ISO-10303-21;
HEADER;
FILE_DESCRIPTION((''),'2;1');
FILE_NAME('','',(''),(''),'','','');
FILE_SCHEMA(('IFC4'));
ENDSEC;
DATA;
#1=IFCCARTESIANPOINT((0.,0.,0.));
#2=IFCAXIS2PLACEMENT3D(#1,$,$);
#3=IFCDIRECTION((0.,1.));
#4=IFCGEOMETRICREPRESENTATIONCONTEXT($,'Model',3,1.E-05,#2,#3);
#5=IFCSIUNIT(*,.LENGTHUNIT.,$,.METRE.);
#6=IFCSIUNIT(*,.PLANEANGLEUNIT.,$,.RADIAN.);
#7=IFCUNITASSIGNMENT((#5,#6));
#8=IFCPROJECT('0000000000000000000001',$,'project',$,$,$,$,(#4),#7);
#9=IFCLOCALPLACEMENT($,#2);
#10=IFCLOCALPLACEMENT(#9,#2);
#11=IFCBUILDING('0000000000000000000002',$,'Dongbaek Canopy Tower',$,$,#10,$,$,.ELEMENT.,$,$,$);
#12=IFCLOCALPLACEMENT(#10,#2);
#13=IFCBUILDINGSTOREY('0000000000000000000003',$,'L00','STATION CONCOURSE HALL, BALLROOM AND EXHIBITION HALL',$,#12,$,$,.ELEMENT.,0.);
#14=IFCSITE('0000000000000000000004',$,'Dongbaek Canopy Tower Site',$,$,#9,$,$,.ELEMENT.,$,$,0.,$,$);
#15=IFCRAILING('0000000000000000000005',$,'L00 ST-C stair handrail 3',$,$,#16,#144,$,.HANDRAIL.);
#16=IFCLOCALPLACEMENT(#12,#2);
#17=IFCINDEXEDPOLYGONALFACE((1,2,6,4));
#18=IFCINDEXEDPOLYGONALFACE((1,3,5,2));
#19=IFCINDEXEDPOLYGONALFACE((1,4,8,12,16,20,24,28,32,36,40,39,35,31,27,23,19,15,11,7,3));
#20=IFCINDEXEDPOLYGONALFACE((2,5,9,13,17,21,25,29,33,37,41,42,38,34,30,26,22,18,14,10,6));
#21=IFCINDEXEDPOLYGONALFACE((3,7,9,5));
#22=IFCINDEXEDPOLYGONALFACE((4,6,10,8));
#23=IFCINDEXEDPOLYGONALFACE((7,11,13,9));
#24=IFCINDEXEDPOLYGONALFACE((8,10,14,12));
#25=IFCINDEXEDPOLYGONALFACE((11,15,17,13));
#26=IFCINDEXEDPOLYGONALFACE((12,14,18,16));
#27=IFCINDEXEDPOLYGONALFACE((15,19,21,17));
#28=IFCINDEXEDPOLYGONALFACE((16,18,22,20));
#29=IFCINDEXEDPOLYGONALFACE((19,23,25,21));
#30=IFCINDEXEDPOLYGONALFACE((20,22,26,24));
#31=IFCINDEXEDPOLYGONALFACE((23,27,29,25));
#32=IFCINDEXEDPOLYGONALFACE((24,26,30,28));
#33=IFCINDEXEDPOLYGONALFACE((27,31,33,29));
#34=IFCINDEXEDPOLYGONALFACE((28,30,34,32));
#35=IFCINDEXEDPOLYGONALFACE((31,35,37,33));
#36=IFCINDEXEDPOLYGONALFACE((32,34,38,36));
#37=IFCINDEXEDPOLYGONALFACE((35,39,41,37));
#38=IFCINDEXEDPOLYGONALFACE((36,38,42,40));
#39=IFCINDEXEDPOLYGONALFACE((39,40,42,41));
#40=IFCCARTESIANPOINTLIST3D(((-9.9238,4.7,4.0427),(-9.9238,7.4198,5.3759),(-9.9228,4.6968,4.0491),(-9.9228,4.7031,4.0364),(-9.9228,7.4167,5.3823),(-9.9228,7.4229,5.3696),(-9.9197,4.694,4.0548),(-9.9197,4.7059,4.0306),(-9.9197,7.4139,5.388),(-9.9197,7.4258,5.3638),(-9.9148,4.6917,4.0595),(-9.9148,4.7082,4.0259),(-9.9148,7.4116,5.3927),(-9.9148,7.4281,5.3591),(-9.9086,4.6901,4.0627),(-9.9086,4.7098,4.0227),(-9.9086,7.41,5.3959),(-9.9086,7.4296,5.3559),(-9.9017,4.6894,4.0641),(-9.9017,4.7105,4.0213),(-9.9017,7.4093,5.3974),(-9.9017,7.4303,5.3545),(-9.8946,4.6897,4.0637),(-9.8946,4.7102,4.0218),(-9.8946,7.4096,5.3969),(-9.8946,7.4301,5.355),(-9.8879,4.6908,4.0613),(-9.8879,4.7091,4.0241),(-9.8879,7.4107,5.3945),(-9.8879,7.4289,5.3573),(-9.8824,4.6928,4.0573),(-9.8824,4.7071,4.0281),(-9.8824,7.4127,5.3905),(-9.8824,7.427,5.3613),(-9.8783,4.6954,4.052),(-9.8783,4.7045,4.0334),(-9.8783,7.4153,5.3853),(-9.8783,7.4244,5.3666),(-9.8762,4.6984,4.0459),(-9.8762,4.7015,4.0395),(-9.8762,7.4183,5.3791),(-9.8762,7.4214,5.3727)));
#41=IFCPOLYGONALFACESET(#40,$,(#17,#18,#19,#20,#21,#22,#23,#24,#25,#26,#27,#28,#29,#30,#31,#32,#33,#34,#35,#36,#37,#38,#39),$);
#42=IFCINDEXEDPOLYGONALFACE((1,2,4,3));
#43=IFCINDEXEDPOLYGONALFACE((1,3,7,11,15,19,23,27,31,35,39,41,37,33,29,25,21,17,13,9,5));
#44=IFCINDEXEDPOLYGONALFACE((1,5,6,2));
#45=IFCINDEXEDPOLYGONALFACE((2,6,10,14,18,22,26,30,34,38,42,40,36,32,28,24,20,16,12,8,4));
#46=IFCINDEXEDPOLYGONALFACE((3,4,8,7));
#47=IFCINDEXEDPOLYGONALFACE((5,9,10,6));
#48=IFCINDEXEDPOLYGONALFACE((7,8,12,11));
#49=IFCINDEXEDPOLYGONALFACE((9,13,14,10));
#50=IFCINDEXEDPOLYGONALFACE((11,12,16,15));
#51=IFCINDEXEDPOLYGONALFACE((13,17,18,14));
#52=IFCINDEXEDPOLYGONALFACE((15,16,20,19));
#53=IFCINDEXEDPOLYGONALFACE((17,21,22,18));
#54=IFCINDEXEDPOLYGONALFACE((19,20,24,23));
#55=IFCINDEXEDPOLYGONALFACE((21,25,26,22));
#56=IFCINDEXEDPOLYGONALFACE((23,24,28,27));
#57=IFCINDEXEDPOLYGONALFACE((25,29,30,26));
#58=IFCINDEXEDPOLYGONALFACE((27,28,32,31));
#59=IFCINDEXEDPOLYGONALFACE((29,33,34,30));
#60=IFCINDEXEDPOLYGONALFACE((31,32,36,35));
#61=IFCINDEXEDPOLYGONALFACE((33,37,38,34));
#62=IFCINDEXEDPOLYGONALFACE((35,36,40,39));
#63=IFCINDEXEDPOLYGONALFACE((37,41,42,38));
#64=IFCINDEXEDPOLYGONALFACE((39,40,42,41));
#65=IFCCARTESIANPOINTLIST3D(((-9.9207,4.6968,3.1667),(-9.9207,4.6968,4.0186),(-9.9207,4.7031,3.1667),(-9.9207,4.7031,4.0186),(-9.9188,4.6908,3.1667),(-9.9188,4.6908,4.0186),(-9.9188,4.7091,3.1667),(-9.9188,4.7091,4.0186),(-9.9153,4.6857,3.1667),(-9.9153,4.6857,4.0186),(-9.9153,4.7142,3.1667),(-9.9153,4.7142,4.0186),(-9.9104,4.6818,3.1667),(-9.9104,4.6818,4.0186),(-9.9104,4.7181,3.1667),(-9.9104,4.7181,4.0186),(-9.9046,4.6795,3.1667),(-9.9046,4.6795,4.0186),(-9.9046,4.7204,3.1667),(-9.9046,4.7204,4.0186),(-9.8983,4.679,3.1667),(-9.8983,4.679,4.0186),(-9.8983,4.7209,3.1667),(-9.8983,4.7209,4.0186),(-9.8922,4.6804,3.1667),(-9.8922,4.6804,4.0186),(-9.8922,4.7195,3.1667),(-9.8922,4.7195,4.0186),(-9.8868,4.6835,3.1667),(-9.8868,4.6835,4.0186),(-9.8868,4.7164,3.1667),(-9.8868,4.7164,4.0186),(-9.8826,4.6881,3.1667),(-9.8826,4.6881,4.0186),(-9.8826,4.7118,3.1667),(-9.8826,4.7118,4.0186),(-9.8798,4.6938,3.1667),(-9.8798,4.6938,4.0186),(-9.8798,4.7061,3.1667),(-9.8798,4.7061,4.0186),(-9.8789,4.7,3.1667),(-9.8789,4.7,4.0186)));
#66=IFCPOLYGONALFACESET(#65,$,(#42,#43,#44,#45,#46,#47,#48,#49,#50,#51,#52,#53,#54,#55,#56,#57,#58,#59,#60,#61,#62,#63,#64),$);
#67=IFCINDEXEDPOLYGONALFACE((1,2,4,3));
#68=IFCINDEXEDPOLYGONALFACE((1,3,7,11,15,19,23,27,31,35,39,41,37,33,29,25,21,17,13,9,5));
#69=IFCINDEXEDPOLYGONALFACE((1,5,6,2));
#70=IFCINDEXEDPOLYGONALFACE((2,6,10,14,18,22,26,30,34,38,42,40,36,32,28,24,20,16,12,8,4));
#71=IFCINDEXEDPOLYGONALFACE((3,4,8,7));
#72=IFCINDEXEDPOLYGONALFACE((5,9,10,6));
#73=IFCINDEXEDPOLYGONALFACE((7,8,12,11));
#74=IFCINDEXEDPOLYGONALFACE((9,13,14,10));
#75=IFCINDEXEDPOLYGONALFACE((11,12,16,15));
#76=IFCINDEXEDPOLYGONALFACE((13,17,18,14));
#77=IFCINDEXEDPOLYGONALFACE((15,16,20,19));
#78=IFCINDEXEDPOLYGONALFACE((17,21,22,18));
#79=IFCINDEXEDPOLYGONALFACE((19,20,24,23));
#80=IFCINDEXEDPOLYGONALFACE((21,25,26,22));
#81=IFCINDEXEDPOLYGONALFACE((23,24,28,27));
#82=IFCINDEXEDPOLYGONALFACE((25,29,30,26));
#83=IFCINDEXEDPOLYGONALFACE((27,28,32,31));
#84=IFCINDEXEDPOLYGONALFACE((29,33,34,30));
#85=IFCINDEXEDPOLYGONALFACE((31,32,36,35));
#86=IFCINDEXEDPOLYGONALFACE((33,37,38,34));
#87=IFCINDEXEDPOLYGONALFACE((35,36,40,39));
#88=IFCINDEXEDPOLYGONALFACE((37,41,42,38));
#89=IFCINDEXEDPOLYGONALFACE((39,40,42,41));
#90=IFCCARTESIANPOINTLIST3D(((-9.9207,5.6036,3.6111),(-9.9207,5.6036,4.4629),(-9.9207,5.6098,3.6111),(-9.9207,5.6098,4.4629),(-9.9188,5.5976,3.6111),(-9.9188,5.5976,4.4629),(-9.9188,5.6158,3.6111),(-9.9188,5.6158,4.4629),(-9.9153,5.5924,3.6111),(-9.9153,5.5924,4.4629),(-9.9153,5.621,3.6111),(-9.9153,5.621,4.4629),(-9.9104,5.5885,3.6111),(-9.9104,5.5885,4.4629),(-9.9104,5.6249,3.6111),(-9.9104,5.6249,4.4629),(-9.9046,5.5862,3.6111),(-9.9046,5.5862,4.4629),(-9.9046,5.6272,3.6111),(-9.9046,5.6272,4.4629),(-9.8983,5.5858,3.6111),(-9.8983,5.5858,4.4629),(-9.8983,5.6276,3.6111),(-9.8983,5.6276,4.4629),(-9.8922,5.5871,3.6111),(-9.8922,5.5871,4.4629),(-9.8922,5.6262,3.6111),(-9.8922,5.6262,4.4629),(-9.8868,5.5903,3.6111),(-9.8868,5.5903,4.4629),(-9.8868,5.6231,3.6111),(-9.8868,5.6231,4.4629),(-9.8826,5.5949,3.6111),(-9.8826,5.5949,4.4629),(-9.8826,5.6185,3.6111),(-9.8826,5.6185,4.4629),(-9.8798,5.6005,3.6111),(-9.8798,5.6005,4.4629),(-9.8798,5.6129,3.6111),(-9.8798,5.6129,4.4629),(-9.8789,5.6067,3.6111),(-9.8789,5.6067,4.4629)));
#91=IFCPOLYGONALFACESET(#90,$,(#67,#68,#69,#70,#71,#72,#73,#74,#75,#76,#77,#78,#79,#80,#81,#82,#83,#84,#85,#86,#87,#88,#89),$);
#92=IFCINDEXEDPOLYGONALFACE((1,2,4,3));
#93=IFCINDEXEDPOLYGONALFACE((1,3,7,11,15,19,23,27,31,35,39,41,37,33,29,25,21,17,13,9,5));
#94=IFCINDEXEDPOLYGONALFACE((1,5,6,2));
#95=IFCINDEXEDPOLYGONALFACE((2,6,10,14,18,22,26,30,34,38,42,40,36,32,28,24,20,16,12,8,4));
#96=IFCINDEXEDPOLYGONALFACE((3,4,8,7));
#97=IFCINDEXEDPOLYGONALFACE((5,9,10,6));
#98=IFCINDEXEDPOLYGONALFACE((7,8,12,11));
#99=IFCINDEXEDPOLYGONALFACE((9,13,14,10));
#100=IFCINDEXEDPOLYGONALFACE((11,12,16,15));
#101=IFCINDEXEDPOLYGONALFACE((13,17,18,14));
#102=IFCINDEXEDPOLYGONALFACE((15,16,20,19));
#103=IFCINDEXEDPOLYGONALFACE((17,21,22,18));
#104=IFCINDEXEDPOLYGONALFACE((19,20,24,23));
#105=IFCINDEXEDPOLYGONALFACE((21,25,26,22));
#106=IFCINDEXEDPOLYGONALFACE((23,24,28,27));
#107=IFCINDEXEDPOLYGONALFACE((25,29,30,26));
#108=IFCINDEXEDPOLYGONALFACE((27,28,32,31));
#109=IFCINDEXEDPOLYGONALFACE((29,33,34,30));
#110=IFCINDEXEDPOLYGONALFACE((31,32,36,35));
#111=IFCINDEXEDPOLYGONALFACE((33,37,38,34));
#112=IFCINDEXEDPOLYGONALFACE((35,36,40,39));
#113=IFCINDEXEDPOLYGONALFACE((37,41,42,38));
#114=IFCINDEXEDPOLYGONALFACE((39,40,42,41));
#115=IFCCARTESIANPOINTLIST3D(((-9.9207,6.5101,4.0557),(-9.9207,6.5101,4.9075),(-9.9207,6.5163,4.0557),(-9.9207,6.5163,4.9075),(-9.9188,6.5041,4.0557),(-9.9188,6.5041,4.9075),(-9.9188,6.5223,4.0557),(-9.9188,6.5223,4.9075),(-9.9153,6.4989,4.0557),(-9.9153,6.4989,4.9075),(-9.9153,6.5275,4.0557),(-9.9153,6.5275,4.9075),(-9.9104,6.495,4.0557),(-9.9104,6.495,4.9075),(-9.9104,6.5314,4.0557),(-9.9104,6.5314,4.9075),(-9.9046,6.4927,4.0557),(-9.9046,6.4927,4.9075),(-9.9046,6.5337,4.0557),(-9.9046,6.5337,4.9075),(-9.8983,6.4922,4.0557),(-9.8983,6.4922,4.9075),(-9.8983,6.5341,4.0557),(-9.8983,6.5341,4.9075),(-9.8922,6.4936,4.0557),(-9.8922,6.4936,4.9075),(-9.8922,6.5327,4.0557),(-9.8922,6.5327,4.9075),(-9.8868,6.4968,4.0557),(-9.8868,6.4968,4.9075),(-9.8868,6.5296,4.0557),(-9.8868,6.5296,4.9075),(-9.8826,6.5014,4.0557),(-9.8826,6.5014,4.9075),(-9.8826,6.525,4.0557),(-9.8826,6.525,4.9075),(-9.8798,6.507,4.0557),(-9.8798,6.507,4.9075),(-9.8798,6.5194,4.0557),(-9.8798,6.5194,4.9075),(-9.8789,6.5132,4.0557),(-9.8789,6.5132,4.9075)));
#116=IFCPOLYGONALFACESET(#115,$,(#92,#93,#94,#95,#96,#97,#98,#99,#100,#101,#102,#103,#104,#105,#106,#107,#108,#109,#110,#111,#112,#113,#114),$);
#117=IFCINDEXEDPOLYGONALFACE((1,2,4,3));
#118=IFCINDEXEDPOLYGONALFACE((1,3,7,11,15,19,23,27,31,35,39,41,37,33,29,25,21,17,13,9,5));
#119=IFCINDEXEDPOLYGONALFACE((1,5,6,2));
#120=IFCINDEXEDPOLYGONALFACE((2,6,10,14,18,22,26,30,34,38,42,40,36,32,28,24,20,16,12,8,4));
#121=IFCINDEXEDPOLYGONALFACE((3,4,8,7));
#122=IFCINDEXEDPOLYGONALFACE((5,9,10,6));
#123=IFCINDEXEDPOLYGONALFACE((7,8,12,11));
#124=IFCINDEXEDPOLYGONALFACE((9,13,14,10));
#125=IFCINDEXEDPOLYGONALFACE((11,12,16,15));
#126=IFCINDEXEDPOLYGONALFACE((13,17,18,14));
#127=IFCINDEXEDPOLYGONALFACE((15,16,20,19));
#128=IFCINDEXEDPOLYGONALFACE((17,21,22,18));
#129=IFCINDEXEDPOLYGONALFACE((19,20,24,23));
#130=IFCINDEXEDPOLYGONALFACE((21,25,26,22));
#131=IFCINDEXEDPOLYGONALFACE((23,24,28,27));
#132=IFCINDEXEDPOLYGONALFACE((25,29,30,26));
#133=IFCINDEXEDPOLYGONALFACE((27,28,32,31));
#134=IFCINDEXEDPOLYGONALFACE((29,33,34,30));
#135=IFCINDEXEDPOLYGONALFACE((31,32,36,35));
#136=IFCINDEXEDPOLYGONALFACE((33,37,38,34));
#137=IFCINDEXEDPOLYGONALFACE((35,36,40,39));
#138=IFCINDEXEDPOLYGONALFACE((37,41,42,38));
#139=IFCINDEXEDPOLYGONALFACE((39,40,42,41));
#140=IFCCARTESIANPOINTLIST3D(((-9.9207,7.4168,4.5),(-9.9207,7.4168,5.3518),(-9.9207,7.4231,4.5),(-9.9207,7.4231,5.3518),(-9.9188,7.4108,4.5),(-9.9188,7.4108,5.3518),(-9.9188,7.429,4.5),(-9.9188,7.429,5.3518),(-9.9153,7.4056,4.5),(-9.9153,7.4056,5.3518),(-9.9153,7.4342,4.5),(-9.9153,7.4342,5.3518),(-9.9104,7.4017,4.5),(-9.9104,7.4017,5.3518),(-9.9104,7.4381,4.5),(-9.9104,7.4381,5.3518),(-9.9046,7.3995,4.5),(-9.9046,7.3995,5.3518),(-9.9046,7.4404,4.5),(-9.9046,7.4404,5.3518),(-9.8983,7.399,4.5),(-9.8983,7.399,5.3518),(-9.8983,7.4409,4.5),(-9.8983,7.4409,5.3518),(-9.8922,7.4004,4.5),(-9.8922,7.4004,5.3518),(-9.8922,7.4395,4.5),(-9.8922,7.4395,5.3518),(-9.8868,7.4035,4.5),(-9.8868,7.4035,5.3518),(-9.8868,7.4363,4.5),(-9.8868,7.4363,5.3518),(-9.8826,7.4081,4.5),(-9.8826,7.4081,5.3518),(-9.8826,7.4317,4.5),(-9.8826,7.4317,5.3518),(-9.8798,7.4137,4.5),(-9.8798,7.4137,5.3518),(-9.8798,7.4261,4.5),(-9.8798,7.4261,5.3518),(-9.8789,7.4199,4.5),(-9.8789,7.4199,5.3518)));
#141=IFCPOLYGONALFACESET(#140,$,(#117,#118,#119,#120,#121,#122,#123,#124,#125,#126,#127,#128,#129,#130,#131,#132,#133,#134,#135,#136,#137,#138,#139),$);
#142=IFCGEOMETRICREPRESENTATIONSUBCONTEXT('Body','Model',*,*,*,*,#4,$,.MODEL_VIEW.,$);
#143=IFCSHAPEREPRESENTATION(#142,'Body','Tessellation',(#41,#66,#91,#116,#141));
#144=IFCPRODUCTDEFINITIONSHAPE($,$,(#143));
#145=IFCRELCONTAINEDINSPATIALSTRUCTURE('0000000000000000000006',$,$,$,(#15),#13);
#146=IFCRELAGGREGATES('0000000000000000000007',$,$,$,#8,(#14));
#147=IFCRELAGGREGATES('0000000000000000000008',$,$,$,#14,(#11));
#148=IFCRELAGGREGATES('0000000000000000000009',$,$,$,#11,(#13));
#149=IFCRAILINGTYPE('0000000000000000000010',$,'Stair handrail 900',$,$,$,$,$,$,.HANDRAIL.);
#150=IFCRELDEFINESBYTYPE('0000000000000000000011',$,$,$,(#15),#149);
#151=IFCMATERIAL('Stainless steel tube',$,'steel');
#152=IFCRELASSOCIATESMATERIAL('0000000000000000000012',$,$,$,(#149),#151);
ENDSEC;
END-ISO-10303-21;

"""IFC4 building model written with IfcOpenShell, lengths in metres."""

from ifc_helpers import new_model, si_unit, direction, frame, origin, origin_2d, place, context, subcontext, project, spatial, circle, extrude, material, type_object, element, save


model = new_model("IFC4")

# Units and contexts
model_context = context("Model", 3, precision=1e-05, world=origin(), true_north=direction((0.0, 1.0)))
body_context = subcontext(model_context, "Body", "Model", "MODEL_VIEW")
ifc_project = project(units=[si_unit("LENGTHUNIT", "METRE"), si_unit("PLANEANGLEUNIT", "RADIAN")], contexts=[model_context])

# Site, building, storey
site_placement = place(None, origin())
site = spatial("IfcSite", under=ifc_project, at=site_placement, Name="Dongbaek Canopy Tower Site", CompositionType="ELEMENT", RefElevation=0.0)
building_placement = place(site_placement, origin())
building = spatial("IfcBuilding", under=site, at=building_placement, Name="Dongbaek Canopy Tower", CompositionType="ELEMENT")
storey_placement = place(building_placement, origin())
storey = spatial("IfcBuildingStorey", under=building, at=storey_placement, Name="L00", Description="STATION CONCOURSE HALL, BALLROOM AND EXHIBITION HALL", CompositionType="ELEMENT", Elevation=0.0)

# Railing
ifc_material_1 = material(Name="Stainless steel tube", Category="steel")
railing_type_1 = type_object("IfcRailingType", Name="Stair handrail 900", PredefinedType="HANDRAIL", material=ifc_material_1)
for number, where, name in (
    (1, (-9.8999, 4.7, 3.1667), "L00 ST-C stair handrail 3"),
):
    element("IfcRailing", number, at=place(storey_placement, frame(where)), inside=storey, type_object=railing_type_1, Name=name, PredefinedType="HANDRAIL", context=body_context, shape_type="SweptSolid", body=[
        extrude(circle(Radius=0.0239, at=origin_2d()), frame((0.0, 0.0, 0.876), z_axis=(0.0, 0.897929, 0.440139), x_axis=(-1.0, 0.0, 0.0)), (0.0, 0.0, 1.0), 3.0291),
        extrude(circle(Radius=0.021, at=origin_2d()), origin(), (0.0, 0.0, 1.0), 0.8518),
        extrude(circle(Radius=0.021, at=origin_2d()), frame((0.0, 0.9067, 0.4443)), (0.0, 0.0, 1.0), 0.8518),
        extrude(circle(Radius=0.021, at=origin_2d()), frame((0.0, 1.8132, 0.8889)), (0.0, 0.0, 1.0), 0.8518),
        extrude(circle(Radius=0.021, at=origin_2d()), frame((0.0, 2.72, 1.3333)), (0.0, 0.0, 1.0), 0.8518),
    ])

save(model, "model.ifc")
